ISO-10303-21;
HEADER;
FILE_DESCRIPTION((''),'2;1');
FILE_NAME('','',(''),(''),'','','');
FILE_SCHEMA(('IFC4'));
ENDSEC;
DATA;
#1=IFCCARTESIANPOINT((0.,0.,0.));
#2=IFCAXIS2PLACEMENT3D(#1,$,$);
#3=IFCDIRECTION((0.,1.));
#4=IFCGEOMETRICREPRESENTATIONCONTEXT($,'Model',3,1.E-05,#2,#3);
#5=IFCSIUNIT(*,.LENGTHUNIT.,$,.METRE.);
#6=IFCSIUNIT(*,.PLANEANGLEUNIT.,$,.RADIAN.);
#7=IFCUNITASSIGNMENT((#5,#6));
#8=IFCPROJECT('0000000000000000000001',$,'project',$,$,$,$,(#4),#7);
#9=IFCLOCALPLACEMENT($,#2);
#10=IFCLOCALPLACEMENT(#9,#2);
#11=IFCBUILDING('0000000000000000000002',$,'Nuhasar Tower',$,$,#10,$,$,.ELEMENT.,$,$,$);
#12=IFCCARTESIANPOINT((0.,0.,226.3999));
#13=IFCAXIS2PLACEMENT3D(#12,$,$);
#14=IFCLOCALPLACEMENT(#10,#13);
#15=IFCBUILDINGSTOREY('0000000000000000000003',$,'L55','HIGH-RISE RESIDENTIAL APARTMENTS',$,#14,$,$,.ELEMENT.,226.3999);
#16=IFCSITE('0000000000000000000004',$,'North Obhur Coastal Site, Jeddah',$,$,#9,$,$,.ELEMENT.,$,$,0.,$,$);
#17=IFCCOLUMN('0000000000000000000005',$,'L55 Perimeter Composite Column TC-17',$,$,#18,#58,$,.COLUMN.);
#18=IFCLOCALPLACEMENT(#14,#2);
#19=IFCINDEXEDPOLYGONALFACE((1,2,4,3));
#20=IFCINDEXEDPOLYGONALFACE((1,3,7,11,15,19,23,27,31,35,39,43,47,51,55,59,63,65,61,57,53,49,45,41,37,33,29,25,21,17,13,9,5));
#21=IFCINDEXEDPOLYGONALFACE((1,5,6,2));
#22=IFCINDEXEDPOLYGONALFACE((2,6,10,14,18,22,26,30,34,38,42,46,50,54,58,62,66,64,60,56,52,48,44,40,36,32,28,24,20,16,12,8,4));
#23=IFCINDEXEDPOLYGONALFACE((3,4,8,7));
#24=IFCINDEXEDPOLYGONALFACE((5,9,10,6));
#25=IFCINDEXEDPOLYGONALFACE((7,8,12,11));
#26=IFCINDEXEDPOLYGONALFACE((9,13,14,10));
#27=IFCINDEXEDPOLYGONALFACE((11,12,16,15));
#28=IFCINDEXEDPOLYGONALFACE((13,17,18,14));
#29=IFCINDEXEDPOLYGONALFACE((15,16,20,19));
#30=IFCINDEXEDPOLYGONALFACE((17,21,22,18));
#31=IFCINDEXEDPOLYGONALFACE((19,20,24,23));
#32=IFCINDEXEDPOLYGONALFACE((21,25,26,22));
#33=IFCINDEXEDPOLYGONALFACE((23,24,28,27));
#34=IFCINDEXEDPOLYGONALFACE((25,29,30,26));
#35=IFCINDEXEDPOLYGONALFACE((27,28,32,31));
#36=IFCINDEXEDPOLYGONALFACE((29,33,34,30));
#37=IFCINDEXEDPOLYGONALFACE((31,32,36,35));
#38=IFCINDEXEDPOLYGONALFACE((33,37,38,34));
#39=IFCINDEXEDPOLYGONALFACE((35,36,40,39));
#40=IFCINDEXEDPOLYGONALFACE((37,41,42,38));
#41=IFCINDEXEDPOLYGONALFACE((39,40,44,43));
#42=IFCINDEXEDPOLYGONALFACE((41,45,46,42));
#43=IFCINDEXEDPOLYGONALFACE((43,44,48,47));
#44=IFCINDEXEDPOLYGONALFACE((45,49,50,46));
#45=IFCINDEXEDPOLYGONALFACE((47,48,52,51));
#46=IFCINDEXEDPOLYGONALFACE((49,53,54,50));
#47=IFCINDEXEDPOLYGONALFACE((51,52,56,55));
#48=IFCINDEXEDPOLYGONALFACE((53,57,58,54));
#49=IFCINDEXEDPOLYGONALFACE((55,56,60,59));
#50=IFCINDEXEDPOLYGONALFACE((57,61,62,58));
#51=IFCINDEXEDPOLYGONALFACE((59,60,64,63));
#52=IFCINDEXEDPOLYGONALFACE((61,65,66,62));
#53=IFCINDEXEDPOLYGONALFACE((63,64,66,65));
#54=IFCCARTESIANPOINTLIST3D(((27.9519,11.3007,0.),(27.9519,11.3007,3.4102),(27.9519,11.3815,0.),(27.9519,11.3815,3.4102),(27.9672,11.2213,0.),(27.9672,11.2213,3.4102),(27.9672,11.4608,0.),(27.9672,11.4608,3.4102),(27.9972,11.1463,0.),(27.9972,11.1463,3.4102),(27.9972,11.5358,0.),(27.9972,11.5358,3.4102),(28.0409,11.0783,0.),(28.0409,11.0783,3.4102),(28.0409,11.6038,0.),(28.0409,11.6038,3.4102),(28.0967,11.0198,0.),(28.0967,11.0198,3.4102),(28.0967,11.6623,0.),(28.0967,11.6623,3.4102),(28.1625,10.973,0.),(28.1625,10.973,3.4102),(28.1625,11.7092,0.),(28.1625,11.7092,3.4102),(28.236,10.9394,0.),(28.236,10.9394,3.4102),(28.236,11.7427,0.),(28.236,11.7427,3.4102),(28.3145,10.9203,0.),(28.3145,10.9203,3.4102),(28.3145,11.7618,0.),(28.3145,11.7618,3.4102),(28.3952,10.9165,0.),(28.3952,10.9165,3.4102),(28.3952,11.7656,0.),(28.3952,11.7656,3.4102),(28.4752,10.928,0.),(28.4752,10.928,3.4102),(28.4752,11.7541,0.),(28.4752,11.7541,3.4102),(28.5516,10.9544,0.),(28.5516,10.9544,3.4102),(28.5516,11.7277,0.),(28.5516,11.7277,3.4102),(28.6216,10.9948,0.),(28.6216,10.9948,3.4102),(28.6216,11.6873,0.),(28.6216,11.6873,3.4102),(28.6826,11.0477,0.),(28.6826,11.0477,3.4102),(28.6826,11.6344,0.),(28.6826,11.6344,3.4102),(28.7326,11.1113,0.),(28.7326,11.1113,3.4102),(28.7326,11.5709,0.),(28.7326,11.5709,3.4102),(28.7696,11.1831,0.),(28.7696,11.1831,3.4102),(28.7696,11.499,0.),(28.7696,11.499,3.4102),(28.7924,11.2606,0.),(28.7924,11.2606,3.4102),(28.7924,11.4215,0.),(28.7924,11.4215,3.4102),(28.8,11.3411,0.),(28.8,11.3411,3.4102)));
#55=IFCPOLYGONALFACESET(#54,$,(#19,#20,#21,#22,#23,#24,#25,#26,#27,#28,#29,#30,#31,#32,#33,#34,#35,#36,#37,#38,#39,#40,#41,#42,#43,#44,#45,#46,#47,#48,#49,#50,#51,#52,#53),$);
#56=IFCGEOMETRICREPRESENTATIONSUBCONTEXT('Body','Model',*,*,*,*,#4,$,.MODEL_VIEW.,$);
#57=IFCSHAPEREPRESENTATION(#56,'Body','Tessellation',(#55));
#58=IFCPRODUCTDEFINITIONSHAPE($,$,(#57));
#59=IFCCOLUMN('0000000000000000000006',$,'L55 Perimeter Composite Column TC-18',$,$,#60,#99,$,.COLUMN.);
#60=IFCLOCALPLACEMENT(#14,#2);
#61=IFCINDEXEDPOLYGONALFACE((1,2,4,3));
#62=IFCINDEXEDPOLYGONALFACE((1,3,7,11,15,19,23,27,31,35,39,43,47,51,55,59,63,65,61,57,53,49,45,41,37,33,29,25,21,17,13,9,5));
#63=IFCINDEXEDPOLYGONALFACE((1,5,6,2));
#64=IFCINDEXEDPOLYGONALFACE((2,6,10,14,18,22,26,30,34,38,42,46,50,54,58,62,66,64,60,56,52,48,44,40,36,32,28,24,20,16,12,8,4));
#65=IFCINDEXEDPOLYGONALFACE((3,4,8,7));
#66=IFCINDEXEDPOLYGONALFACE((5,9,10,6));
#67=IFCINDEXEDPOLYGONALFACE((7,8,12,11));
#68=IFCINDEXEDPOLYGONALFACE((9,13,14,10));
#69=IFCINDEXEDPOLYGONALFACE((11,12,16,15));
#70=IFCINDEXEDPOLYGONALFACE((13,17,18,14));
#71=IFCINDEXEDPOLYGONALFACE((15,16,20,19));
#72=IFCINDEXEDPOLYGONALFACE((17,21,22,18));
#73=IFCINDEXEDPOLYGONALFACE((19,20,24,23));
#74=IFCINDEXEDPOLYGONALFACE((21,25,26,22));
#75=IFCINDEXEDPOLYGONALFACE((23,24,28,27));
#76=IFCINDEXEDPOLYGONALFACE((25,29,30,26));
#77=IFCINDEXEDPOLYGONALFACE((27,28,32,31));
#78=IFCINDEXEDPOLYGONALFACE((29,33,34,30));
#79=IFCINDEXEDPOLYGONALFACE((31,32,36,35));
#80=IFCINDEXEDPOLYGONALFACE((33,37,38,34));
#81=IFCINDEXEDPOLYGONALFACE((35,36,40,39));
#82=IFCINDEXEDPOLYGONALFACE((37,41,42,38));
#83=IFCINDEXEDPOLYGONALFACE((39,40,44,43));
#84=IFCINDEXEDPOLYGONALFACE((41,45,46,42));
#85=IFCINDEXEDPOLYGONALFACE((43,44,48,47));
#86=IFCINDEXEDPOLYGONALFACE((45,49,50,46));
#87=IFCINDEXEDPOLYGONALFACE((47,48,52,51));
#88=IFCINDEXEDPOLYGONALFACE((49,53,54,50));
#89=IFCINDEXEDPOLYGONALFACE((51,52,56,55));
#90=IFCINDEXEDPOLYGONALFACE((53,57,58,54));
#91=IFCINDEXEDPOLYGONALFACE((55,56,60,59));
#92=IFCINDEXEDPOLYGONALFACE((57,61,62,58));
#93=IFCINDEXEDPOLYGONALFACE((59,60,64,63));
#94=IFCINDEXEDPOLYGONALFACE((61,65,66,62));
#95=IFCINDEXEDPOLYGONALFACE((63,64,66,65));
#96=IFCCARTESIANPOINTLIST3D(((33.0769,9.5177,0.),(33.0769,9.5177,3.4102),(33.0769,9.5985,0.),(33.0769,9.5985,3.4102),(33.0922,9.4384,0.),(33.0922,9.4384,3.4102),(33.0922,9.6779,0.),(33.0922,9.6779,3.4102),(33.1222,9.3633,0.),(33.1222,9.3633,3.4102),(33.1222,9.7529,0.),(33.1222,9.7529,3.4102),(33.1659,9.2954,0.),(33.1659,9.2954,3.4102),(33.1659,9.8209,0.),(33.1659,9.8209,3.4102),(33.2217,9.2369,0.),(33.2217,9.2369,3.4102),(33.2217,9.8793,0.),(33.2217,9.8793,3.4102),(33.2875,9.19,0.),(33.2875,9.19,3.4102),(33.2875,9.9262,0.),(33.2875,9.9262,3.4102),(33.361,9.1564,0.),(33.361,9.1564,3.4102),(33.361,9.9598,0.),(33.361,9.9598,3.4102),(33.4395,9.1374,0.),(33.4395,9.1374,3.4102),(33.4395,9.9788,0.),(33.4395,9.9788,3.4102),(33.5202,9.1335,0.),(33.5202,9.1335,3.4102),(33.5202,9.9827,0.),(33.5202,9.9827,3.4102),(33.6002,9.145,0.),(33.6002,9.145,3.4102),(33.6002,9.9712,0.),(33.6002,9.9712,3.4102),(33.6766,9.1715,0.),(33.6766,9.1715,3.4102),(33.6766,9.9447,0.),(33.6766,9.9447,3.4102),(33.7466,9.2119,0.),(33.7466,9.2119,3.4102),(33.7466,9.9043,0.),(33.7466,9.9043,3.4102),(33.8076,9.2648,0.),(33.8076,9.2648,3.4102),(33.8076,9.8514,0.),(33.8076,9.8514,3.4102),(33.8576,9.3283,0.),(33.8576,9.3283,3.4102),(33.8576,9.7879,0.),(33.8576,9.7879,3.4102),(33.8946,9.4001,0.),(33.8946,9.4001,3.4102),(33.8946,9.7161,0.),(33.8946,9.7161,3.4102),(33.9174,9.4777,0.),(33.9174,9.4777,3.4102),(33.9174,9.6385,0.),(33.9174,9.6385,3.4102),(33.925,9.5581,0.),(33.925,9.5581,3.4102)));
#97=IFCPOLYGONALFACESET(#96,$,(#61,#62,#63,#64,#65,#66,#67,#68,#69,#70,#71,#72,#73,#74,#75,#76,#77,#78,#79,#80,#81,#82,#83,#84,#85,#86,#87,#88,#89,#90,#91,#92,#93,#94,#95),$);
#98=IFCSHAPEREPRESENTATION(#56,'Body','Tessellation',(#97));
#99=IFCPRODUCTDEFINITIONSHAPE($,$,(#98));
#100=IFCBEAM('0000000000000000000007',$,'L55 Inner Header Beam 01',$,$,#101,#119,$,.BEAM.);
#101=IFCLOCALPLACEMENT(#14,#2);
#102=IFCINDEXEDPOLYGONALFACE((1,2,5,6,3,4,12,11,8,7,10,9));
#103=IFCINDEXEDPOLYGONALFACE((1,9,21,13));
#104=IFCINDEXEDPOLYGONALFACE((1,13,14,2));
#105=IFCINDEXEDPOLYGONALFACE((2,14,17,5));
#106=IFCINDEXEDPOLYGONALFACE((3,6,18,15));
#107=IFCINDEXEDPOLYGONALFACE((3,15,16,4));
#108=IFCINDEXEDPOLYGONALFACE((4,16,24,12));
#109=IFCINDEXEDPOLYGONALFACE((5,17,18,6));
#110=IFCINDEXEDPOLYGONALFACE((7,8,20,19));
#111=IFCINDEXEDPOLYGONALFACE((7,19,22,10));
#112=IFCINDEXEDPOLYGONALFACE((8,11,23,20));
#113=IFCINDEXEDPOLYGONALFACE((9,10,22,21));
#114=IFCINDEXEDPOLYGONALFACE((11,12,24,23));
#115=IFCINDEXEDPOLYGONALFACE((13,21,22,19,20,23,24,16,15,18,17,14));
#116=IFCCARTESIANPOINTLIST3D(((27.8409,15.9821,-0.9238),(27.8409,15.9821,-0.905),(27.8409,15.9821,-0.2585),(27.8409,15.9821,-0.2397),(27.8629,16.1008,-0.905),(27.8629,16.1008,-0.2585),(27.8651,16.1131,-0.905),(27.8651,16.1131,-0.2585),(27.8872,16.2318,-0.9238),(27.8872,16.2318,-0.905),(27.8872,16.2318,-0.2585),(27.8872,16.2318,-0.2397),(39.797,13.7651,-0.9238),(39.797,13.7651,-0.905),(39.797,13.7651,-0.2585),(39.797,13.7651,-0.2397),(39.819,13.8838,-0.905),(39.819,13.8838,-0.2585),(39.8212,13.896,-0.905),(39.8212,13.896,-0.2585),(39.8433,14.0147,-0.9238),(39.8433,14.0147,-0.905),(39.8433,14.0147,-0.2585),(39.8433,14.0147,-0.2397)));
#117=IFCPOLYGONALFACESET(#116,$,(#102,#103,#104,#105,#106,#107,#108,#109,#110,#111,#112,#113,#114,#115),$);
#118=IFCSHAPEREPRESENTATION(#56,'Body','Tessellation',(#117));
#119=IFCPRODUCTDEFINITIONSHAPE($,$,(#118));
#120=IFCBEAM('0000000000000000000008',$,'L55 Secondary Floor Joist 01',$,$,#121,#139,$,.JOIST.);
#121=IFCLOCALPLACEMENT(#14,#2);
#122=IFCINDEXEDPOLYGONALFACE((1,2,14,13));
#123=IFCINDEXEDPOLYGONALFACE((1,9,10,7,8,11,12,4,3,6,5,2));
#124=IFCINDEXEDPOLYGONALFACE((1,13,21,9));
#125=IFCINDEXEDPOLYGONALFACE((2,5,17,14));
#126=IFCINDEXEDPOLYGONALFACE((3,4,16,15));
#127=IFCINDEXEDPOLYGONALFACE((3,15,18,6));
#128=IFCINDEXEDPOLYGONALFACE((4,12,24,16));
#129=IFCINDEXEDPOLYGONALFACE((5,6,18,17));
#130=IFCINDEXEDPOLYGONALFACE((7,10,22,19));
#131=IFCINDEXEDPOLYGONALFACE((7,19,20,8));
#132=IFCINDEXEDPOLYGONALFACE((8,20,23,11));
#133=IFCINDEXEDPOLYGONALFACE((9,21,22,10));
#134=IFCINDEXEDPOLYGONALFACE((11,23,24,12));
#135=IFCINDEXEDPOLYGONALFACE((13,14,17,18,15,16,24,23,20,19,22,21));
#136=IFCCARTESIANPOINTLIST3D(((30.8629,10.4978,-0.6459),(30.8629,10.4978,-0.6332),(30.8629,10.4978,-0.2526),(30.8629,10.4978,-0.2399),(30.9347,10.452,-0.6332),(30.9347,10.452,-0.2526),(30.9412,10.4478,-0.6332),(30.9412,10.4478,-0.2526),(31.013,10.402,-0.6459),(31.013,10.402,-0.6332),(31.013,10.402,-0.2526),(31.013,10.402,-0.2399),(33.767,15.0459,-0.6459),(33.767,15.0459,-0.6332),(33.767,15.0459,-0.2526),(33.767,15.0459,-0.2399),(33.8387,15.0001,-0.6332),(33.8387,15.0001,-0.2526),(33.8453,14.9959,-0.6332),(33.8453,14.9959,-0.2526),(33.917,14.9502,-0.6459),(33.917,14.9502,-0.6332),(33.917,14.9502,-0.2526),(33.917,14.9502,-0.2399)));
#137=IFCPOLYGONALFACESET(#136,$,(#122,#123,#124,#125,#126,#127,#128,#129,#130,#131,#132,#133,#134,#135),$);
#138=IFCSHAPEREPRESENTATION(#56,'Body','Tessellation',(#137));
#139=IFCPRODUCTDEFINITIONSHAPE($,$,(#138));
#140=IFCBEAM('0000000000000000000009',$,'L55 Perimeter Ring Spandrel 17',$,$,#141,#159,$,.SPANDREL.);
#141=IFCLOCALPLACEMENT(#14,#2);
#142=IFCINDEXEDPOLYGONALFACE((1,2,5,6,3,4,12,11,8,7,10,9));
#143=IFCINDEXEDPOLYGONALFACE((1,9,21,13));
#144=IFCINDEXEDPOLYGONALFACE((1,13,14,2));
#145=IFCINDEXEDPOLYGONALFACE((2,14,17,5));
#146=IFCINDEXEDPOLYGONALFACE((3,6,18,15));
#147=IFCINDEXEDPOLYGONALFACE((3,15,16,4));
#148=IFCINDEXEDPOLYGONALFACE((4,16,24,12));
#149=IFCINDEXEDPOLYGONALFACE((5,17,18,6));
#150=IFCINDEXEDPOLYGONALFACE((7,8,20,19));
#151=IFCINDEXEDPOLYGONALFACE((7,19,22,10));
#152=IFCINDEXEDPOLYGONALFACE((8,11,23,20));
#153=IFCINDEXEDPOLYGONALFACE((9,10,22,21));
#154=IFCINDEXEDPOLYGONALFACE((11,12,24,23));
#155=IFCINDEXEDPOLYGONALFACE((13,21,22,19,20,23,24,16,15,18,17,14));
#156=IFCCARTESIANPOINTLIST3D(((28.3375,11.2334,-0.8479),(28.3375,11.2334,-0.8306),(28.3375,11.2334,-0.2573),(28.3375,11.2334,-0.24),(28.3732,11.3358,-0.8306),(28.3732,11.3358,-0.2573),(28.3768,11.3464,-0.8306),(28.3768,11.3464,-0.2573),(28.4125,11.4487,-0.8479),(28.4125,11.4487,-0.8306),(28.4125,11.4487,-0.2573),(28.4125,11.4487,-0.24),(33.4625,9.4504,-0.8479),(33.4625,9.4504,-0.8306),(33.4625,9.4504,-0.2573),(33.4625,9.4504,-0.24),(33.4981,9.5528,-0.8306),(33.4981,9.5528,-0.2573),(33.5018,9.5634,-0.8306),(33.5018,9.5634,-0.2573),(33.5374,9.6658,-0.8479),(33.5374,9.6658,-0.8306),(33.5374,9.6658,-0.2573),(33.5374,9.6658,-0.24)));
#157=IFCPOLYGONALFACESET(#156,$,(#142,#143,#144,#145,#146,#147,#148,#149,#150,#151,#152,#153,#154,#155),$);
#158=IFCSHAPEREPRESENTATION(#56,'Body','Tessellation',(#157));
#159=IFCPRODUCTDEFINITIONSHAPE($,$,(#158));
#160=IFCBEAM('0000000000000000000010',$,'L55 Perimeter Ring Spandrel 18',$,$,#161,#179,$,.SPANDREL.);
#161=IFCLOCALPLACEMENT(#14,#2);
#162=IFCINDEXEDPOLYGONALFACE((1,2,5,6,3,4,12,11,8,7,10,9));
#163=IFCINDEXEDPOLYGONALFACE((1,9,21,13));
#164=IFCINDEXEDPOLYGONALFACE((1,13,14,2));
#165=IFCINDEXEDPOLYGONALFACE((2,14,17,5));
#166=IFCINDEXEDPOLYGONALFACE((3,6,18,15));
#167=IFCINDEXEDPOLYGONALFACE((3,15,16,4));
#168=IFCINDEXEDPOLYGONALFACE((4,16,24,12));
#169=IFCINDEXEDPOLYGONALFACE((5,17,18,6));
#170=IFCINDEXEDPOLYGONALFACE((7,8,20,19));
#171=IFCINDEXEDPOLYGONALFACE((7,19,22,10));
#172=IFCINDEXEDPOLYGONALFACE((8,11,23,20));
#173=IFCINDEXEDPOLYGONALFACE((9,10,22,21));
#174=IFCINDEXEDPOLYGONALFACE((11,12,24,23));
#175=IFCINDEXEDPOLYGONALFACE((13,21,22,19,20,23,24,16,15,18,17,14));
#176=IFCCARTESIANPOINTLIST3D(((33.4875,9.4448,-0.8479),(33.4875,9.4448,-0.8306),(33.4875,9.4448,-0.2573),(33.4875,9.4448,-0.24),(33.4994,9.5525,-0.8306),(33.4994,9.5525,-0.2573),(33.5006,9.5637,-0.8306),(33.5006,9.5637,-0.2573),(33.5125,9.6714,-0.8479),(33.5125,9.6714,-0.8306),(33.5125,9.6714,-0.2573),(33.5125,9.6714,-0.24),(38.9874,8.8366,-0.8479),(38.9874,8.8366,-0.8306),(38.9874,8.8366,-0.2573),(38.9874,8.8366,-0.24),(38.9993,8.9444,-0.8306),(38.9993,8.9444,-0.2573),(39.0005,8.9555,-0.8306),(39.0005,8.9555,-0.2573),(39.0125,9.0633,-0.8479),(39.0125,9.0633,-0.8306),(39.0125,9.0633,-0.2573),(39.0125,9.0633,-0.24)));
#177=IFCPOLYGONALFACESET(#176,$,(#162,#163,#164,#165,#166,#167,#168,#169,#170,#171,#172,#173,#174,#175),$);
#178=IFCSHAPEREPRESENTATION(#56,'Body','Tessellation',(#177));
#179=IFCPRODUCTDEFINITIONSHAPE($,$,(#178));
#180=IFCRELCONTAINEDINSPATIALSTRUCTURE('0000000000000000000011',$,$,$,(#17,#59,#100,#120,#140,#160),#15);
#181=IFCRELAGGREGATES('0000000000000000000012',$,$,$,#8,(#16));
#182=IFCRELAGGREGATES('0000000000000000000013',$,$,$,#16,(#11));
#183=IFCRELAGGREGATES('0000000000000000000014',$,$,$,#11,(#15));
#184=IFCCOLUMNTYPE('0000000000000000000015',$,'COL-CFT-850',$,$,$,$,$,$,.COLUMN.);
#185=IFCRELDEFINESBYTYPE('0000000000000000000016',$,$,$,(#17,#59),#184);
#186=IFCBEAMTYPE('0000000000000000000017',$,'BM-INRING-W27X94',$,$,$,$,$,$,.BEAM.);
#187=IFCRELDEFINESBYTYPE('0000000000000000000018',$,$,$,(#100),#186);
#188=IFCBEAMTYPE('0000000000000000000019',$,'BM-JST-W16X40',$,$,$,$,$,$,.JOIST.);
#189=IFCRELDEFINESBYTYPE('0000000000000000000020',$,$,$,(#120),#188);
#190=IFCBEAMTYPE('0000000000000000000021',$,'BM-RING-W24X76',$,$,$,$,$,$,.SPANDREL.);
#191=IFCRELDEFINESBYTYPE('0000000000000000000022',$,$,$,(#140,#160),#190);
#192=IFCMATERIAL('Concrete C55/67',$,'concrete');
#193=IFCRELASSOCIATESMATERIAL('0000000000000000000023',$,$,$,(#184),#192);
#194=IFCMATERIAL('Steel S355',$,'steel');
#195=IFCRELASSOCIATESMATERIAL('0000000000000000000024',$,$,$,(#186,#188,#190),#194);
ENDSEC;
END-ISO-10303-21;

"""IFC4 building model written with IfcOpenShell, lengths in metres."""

from ifc_helpers import new_model, si_unit, direction, frame, origin, origin_2d, place, context, subcontext, project, spatial, circle, i_section, extrude, material, material_profile, profile_set, type_object, element, save


model = new_model("IFC4")

# Units and contexts
model_context = context("Model", 3, precision=1e-05, world=origin(), true_north=direction((0.0, 1.0)))
body_context = subcontext(model_context, "Body", "Model", "MODEL_VIEW")
ifc_project = project(units=[si_unit("LENGTHUNIT", "METRE"), si_unit("PLANEANGLEUNIT", "RADIAN")], contexts=[model_context])

# Site, building, storey
site_placement = place(None, origin())
site = spatial("IfcSite", under=ifc_project, at=site_placement, Name="North Obhur Coastal Site, Jeddah", CompositionType="ELEMENT", RefElevation=0.0)
building_placement = place(site_placement, origin())
building = spatial("IfcBuilding", under=site, at=building_placement, Name="Nuhasar Tower", CompositionType="ELEMENT")
storey_placement = place(building_placement, frame((0.0, 0.0, 226.3999)))
storey = spatial("IfcBuildingStorey", under=building, at=storey_placement, Name="L55", Description="HIGH-RISE RESIDENTIAL APARTMENTS", CompositionType="ELEMENT", Elevation=226.3999)

# Columns
ifc_material_1 = material(Name="Concrete C55/67", Category="concrete")
ifc_material_profile_1 = material_profile(ifc_material_1, circle(Radius=0.425, at=origin_2d()), Name="CFT850")
ifc_profile_set_1 = profile_set([ifc_material_profile_1], Name="Concrete C55/67")
column_type = type_object("IfcColumnType", Name="COL-CFT-850", PredefinedType="COLUMN", material=ifc_profile_set_1)
for number, where, z_axis, x_axis, name in (
    (1, (28.375, 11.3411, 0.0), (0.0, 0.0, 1.0), (1.0, 0.0, 0.0), "L55 Perimeter Composite Column TC-17"),
    (2, (33.5, 9.5581, 0.0), (0.0, 0.0, 1.0), (1.0, 0.0, 0.0), "L55 Perimeter Composite Column TC-18"),
):
    element("IfcColumn", number, at=place(storey_placement, frame(where, z_axis=z_axis, x_axis=x_axis)), inside=storey, type_object=column_type, Name=name, PredefinedType="COLUMN", context=body_context, shape_type="SweptSolid", body=[
        extrude(circle(Radius=0.425, at=origin_2d()), origin(), (0.0, 0.0, 1.0), 3.4102),
    ])

# Beams
ifc_material_2 = material(Name="Steel S355", Category="steel")
ifc_material_profile_2 = material_profile(ifc_material_2, i_section(OverallWidth=0.2539, OverallDepth=0.6841, WebThickness=0.0125, FlangeThickness=0.0188, at=origin_2d()), Name="W27X94")
ifc_profile_set_2 = profile_set([ifc_material_profile_2], Name="Steel S355")
beam_type_1 = type_object("IfcBeamType", Name="BM-INRING-W27X94", PredefinedType="BEAM", material=ifc_profile_set_2)
beam_1_placement = place(storey_placement, frame((27.864, 16.1069, -0.5818), z_axis=(0.983238, -0.182324, 0.0), x_axis=(0.182324, 0.983238, 0.0)))
element("IfcBeam", 3, at=beam_1_placement, inside=storey, type_object=beam_type_1, Name="L55 Inner Header Beam 01", PredefinedType="BEAM", context=body_context, shape_type="SweptSolid", body=[
    extrude(i_section(OverallWidth=0.2539, OverallDepth=0.6841, WebThickness=0.0125, FlangeThickness=0.0188, at=origin_2d()), origin(), (0.0, 0.0, 1.0), 12.1599),
])
ifc_material_profile_3 = material_profile(ifc_material_2, i_section(OverallWidth=0.178, OverallDepth=0.406, WebThickness=0.0078, FlangeThickness=0.0127, at=origin_2d()), Name="W16X40")
ifc_profile_set_3 = profile_set([ifc_material_profile_3], Name="Steel S355")
beam_type_2 = type_object("IfcBeamType", Name="BM-JST-W16X40", PredefinedType="JOIST", material=ifc_profile_set_3)
beam_2_placement = place(storey_placement, frame((33.842, 14.998, -0.4429), z_axis=(-0.538169, -0.842837, 0.0), x_axis=(0.842837, -0.538169, 0.0)))
element("IfcBeam", 4, at=beam_2_placement, inside=storey, type_object=beam_type_2, Name="L55 Secondary Floor Joist 01", PredefinedType="JOIST", context=body_context, shape_type="SweptSolid", body=[
    extrude(i_section(OverallWidth=0.178, OverallDepth=0.406, WebThickness=0.0078, FlangeThickness=0.0127, at=origin_2d()), origin(), (0.0, 0.0, 1.0), 5.3962),
])
ifc_material_profile_4 = material_profile(ifc_material_2, i_section(OverallWidth=0.228, OverallDepth=0.6079, WebThickness=0.0112, FlangeThickness=0.0173, at=origin_2d()), Name="W24X76")
ifc_profile_set_4 = profile_set([ifc_material_profile_4], Name="Steel S355")
beam_type_3 = type_object("IfcBeamType", Name="BM-RING-W24X76", PredefinedType="SPANDREL", material=ifc_profile_set_4)
beam_3_placement = place(storey_placement, frame((28.375, 11.3411, -0.5439), z_axis=(0.944477, -0.328578, 0.0), x_axis=(0.328578, 0.944477, 0.0)))
element("IfcBeam", 5, at=beam_3_placement, inside=storey, type_object=beam_type_3, Name="L55 Perimeter Ring Spandrel 17", PredefinedType="SPANDREL", context=body_context, shape_type="SweptSolid", body=[
    extrude(i_section(OverallWidth=0.228, OverallDepth=0.6079, WebThickness=0.0112, FlangeThickness=0.0173, at=origin_2d()), origin(), (0.0, 0.0, 1.0), 5.4263),
])
beam_4_placement = place(storey_placement, frame((33.5, 9.5581, -0.5439), z_axis=(0.993942, -0.109904, 0.0), x_axis=(0.109904, 0.993942, 0.0)))
element("IfcBeam", 6, at=beam_4_placement, inside=storey, type_object=beam_type_3, Name="L55 Perimeter Ring Spandrel 18", PredefinedType="SPANDREL", context=body_context, shape_type="SweptSolid", body=[
    extrude(i_section(OverallWidth=0.228, OverallDepth=0.6079, WebThickness=0.0112, FlangeThickness=0.0173, at=origin_2d()), origin(), (0.0, 0.0, 1.0), 5.5334),
])

save(model, "model.ifc")
